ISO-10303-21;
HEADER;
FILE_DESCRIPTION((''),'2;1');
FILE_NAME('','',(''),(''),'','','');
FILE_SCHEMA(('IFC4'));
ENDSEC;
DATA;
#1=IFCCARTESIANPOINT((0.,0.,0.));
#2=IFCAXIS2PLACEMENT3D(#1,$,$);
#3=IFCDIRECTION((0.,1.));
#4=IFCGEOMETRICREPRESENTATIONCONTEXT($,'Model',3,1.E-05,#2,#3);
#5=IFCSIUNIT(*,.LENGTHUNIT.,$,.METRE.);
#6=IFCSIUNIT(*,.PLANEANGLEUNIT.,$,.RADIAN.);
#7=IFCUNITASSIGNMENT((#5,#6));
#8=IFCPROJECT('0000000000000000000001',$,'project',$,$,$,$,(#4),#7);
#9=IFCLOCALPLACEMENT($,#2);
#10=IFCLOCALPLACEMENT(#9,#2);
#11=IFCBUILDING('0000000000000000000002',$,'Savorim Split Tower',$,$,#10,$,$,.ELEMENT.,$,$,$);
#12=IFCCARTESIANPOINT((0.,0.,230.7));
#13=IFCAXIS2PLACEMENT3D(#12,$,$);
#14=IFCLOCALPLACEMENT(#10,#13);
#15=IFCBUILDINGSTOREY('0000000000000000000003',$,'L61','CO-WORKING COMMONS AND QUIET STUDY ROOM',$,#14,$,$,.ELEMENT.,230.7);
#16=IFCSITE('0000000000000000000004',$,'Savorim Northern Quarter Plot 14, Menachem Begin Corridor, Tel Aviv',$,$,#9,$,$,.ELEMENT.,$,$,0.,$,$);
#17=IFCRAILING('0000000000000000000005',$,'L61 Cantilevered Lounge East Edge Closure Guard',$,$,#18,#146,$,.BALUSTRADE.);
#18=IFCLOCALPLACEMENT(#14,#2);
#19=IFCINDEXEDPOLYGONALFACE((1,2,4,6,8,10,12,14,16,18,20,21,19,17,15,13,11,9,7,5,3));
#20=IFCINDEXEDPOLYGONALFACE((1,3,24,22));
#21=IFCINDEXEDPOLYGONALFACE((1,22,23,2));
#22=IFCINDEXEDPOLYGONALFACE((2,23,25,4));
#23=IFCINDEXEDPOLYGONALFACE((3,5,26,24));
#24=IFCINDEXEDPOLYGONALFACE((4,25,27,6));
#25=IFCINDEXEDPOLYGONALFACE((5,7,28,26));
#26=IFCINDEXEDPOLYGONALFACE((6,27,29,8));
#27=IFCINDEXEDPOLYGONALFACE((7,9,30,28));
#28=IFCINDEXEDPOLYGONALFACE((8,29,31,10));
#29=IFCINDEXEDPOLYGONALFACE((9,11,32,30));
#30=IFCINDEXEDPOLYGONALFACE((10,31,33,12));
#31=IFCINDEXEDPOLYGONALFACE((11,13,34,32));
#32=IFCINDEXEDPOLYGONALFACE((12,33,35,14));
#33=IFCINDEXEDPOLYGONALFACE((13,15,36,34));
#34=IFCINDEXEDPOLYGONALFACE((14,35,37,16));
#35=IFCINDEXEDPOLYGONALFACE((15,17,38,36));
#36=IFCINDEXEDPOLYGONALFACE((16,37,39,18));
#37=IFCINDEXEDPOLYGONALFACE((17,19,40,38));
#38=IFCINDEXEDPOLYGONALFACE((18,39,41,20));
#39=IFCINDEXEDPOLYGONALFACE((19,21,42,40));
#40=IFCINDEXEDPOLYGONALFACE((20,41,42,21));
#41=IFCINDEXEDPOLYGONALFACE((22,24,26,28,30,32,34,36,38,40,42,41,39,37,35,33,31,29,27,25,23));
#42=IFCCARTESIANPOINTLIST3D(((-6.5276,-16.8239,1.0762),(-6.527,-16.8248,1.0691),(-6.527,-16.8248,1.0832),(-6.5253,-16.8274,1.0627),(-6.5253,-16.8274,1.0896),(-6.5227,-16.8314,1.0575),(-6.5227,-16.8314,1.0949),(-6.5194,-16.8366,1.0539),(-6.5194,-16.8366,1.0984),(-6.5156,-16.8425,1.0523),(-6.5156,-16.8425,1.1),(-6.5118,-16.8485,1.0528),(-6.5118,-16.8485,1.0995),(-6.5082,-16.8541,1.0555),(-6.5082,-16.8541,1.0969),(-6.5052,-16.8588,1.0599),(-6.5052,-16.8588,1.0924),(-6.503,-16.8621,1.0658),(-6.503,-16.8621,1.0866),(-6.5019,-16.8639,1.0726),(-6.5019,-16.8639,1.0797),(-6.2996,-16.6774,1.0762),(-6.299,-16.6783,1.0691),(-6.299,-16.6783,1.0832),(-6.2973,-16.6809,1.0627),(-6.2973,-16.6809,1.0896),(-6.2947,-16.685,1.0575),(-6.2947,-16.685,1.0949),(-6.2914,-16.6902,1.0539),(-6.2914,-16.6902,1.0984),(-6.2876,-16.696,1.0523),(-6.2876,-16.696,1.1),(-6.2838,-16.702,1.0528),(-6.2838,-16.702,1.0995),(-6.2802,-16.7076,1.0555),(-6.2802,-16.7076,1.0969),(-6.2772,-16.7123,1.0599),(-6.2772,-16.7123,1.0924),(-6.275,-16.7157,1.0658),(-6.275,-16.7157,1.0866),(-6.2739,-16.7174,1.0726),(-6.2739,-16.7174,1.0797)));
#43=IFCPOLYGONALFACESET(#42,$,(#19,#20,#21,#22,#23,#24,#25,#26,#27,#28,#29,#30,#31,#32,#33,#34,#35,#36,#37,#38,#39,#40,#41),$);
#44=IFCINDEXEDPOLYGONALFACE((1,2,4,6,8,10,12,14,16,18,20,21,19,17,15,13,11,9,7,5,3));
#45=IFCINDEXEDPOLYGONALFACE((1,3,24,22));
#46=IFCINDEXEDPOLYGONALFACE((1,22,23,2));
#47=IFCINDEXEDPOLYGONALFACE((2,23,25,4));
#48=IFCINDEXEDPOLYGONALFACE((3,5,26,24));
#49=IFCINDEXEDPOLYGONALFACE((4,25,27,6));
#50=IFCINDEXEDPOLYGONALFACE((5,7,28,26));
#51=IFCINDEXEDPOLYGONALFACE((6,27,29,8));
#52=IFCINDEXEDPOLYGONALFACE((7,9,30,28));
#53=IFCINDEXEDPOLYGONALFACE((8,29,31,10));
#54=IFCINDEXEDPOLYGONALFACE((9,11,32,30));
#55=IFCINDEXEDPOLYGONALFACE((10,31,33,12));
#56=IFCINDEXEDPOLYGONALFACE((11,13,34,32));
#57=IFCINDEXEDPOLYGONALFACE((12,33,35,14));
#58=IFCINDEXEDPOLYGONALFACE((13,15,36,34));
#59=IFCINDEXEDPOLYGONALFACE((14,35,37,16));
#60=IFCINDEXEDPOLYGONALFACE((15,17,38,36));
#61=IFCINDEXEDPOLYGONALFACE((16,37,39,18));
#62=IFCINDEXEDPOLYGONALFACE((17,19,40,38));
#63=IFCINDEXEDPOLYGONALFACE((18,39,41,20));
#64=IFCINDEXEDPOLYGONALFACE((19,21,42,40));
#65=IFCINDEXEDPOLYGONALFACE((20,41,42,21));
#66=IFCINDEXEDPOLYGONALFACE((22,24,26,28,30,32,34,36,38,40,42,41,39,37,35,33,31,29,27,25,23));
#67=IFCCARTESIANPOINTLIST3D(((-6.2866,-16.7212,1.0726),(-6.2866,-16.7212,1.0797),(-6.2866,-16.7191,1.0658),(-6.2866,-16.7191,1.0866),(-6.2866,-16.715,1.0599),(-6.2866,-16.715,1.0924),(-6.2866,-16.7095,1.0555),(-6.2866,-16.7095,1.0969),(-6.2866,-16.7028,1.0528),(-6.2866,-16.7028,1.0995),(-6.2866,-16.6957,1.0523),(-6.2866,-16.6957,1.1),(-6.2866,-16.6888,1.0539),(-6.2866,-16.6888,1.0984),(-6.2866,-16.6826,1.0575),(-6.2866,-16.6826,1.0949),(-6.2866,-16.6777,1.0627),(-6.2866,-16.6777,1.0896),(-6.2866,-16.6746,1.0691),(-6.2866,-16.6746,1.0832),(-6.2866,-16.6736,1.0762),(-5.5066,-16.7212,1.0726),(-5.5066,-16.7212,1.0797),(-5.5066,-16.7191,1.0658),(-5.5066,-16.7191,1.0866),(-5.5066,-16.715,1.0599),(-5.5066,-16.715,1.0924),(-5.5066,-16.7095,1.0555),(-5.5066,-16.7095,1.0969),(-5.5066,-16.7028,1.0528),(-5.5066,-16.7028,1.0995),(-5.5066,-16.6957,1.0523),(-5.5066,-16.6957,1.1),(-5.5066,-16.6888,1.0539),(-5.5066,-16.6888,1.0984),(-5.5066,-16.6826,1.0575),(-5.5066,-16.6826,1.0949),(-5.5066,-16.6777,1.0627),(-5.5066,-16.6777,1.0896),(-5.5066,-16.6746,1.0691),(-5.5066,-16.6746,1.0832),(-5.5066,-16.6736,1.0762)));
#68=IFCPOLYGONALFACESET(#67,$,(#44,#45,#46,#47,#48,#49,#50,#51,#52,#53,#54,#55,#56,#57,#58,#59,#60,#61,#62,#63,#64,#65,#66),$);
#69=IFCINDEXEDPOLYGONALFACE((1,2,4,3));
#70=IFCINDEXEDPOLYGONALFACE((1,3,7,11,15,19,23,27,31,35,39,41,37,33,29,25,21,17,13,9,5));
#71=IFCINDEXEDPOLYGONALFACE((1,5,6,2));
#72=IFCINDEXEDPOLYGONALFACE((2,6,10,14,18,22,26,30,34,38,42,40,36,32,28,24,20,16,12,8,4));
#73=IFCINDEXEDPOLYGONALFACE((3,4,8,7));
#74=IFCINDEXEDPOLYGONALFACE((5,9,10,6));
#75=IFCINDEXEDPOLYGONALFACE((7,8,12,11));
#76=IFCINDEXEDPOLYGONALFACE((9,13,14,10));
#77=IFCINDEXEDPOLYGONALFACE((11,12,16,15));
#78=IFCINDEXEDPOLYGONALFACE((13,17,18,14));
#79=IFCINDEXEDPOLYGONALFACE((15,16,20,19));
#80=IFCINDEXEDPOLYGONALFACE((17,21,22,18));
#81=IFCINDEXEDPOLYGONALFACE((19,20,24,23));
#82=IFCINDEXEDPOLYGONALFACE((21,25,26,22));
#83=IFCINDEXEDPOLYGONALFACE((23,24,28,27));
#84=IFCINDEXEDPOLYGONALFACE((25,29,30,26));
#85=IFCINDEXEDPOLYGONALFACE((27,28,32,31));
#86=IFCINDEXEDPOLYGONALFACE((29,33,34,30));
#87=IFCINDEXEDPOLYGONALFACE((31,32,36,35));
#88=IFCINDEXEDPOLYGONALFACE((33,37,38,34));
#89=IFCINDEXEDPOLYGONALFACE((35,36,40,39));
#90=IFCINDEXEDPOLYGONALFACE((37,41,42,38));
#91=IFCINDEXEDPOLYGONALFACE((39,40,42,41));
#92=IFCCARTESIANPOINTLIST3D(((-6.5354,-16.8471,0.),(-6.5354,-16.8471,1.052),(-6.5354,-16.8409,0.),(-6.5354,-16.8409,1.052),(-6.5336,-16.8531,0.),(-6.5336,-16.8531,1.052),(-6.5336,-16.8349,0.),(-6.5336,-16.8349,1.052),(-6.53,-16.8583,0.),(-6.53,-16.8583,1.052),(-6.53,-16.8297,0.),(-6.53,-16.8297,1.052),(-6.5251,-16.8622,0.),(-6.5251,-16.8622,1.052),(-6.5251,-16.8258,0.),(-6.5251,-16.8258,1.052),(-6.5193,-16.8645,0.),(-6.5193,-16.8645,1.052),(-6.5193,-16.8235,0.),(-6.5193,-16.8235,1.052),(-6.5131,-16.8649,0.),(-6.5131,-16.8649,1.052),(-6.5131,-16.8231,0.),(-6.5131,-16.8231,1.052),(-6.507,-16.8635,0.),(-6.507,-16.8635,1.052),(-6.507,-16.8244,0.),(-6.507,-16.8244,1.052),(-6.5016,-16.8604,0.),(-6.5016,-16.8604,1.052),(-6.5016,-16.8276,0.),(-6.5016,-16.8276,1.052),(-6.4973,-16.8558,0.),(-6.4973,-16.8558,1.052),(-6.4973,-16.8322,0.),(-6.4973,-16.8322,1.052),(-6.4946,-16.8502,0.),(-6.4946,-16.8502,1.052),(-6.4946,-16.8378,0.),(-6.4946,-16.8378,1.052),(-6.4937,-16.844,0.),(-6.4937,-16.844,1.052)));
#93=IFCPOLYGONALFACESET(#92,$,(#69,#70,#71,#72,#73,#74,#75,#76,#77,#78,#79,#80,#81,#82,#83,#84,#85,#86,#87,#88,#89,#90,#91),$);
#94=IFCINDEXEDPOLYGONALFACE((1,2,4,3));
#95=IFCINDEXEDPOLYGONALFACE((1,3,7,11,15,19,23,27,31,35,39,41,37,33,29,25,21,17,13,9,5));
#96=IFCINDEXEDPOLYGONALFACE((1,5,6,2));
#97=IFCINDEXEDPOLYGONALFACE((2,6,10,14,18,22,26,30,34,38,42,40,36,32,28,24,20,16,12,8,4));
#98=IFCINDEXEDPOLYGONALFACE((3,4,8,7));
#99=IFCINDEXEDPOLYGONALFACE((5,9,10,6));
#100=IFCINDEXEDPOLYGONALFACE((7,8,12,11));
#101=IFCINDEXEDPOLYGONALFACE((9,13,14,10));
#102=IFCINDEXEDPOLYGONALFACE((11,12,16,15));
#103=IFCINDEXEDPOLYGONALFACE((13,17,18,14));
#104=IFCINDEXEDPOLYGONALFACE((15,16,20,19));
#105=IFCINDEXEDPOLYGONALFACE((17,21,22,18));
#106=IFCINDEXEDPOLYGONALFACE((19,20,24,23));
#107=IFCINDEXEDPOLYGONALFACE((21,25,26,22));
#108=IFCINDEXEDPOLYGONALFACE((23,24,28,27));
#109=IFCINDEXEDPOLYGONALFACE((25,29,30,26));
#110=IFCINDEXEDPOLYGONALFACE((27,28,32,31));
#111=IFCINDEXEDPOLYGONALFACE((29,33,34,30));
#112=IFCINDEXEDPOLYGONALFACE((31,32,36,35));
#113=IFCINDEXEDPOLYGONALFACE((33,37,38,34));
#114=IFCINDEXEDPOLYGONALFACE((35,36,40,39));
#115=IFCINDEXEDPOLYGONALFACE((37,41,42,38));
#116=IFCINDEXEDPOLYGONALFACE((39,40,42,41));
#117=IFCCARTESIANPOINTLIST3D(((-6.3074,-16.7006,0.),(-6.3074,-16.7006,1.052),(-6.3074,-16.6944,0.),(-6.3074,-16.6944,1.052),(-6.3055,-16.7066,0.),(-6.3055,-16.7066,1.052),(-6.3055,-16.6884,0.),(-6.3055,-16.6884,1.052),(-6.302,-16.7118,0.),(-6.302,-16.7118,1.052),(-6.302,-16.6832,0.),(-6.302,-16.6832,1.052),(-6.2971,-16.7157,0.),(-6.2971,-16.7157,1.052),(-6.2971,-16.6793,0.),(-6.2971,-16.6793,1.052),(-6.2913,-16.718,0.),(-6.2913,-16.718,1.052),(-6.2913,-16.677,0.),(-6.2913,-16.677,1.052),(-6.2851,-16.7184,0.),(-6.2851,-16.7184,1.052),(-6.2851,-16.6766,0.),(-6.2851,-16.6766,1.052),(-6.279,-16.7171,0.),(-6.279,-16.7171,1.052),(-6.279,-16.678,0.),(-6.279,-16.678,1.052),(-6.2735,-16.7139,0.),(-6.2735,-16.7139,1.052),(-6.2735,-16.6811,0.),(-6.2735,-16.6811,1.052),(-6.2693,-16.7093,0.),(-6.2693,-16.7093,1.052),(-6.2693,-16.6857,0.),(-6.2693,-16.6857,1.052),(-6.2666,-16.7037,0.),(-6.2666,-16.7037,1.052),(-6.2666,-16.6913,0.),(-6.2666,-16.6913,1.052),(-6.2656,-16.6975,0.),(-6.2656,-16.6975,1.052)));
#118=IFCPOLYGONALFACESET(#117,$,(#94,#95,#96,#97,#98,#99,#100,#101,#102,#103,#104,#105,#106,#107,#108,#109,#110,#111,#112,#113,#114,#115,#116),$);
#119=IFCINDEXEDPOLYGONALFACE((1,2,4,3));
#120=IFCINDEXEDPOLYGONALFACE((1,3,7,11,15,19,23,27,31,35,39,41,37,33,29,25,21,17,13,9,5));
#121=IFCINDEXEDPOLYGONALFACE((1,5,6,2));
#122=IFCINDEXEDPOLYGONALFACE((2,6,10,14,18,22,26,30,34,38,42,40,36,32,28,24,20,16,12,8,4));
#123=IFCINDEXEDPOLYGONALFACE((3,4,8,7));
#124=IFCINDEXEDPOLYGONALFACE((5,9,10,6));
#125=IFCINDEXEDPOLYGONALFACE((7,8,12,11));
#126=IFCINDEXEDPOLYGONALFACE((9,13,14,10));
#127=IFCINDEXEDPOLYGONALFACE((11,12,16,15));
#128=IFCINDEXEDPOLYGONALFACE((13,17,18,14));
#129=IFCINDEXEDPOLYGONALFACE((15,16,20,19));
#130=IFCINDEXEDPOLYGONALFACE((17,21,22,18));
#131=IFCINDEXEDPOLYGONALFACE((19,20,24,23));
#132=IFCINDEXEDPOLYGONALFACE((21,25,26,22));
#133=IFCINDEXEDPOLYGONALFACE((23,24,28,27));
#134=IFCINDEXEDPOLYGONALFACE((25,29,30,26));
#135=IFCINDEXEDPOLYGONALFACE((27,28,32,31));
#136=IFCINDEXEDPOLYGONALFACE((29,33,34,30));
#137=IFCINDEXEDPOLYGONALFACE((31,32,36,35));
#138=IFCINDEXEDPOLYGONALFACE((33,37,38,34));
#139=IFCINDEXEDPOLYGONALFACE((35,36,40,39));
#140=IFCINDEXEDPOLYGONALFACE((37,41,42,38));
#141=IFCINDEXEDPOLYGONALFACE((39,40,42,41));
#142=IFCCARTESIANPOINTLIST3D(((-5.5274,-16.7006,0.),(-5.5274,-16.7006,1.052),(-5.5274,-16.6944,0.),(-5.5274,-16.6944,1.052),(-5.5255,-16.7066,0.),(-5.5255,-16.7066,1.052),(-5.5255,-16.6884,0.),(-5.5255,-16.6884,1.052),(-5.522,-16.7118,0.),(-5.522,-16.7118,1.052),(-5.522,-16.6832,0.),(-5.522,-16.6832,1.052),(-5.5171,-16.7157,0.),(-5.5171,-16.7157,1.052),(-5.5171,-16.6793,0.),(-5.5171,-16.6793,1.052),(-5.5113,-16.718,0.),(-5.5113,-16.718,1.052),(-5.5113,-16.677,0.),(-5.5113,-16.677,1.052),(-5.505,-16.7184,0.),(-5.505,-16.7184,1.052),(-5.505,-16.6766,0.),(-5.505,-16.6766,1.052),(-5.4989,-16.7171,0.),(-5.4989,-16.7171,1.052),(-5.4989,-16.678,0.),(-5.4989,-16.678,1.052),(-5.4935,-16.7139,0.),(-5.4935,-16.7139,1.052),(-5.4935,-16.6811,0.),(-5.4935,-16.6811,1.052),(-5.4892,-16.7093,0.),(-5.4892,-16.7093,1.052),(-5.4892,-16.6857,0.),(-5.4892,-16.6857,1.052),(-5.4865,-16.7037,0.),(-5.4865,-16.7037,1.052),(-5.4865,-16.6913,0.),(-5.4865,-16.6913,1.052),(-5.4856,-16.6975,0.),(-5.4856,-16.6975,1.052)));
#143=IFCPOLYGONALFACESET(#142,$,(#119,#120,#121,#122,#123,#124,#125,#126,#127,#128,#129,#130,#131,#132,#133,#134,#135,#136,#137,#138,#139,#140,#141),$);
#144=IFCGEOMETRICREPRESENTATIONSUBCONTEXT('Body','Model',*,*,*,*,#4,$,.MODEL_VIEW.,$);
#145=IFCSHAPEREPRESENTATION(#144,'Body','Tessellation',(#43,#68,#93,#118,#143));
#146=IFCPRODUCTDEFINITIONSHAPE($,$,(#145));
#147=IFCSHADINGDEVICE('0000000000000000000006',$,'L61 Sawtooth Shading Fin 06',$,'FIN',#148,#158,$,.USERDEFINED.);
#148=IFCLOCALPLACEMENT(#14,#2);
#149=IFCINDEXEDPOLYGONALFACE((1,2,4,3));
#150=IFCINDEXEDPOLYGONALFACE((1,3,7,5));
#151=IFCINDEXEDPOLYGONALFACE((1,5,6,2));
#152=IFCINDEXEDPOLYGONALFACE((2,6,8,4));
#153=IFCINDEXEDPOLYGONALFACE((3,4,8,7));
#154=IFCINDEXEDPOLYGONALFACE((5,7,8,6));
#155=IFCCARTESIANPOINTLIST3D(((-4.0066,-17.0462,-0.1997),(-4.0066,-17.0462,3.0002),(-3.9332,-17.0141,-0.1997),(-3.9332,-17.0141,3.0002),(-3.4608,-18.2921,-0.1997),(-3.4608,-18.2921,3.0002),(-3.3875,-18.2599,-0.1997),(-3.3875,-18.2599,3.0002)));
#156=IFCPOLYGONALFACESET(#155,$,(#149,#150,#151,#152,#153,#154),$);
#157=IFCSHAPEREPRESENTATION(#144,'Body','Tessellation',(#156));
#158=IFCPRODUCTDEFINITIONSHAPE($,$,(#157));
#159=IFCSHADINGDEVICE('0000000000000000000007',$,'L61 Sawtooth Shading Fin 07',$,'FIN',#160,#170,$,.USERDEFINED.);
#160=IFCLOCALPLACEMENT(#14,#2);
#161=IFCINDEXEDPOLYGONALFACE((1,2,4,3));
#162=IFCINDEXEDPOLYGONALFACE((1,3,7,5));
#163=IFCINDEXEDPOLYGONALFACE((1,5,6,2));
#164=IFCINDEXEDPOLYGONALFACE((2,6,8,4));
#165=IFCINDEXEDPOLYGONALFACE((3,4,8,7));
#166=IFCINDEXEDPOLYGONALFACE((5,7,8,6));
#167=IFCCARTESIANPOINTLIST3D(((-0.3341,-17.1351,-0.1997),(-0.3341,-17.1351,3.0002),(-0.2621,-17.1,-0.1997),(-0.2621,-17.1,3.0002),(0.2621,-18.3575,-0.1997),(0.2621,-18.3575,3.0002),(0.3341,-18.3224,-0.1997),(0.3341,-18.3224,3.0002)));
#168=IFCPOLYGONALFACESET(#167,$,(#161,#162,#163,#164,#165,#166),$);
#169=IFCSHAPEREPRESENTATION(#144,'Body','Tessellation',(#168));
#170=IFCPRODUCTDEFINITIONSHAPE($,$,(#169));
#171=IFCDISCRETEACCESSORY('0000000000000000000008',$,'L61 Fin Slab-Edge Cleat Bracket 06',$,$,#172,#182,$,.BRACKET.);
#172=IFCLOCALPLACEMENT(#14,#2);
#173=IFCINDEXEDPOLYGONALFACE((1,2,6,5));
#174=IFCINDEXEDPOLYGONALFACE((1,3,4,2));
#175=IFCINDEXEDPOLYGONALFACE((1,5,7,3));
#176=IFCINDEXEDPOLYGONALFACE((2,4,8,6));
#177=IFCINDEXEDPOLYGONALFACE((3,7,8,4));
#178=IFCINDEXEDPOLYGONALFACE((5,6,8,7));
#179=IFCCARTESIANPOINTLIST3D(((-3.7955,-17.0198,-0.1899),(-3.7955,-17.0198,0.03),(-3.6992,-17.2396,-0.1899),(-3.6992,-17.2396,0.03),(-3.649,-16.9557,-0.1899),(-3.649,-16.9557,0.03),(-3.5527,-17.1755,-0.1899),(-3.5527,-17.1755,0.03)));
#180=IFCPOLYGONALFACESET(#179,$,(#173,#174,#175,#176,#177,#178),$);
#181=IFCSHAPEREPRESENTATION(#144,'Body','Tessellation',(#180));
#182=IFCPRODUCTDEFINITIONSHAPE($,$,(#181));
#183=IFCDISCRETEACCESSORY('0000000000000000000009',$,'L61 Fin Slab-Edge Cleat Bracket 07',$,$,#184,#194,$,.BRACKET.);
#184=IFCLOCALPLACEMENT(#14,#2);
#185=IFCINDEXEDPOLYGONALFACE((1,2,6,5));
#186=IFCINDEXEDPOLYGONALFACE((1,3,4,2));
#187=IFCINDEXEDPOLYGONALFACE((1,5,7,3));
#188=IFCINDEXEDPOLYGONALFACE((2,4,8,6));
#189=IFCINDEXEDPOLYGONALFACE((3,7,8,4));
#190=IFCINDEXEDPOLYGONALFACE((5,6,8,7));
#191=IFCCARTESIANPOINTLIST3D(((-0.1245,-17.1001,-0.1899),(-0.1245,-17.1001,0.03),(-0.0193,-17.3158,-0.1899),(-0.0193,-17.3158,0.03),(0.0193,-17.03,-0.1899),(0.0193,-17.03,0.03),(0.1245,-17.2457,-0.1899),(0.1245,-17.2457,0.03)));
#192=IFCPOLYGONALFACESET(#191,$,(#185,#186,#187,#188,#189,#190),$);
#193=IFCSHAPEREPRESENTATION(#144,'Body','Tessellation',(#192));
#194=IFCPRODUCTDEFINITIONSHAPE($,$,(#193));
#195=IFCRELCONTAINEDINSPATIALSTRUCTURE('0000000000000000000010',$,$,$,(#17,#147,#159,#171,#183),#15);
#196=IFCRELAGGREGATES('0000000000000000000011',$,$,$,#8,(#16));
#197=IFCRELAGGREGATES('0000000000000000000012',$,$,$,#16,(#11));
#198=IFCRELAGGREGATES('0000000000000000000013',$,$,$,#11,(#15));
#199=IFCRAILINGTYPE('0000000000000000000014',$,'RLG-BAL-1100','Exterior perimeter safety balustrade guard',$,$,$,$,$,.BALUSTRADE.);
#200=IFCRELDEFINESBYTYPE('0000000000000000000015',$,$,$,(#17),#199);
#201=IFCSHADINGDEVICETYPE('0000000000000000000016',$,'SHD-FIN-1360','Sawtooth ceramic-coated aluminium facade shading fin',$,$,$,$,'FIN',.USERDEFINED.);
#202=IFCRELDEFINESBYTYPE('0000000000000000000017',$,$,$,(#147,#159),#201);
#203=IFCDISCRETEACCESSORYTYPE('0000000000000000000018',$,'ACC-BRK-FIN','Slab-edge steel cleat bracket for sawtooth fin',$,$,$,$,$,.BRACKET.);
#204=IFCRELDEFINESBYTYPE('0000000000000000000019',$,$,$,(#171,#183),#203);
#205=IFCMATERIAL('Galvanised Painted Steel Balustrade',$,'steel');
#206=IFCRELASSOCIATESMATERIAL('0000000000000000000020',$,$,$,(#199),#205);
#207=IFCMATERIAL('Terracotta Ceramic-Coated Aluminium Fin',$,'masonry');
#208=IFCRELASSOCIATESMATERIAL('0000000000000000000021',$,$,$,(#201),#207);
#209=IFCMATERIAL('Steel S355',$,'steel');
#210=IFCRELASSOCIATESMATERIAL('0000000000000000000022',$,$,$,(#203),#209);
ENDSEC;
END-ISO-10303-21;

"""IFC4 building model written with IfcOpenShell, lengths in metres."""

from ifc_helpers import new_model, si_unit, direction, frame, origin, origin_2d, place, context, subcontext, project, spatial, rectangle, circle, extrude, material, type_object, element, save


model = new_model("IFC4")

# Units and contexts
model_context = context("Model", 3, precision=1e-05, world=origin(), true_north=direction((0.0, 1.0)))
body_context = subcontext(model_context, "Body", "Model", "MODEL_VIEW")
ifc_project = project(units=[si_unit("LENGTHUNIT", "METRE"), si_unit("PLANEANGLEUNIT", "RADIAN")], contexts=[model_context])

# Site, building, storey
site_placement = place(None, origin())
site = spatial("IfcSite", under=ifc_project, at=site_placement, Name="Savorim Northern Quarter Plot 14, Menachem Begin Corridor, Tel Aviv", CompositionType="ELEMENT", RefElevation=0.0)
building_placement = place(site_placement, origin())
building = spatial("IfcBuilding", under=site, at=building_placement, Name="Savorim Split Tower", CompositionType="ELEMENT")
storey_placement = place(building_placement, frame((0.0, 0.0, 230.7)))
storey = spatial("IfcBuildingStorey", under=building, at=storey_placement, Name="L61", Description="CO-WORKING COMMONS AND QUIET STUDY ROOM", CompositionType="ELEMENT", Elevation=230.7)

# Shared definitions
ifc_material_1 = material(Name="Steel S355", Category="steel")

# Railing
ifc_material_2 = material(Name="Galvanised Painted Steel Balustrade", Category="steel")
railing_type = type_object("IfcRailingType", Name="RLG-BAL-1100", Description="Exterior perimeter safety balustrade guard", PredefinedType="BALUSTRADE", material=ifc_material_2)
railing_placement = place(storey_placement, frame((-6.5146, -16.844, 0.0)))
element("IfcRailing", 1, at=railing_placement, inside=storey, type_object=railing_type, Name="L61 Cantilevered Lounge East Edge Closure Guard", PredefinedType="BALUSTRADE", context=body_context, shape_type="SweptSolid", body=[
    extrude(circle(Radius=0.0239, at=origin_2d()), frame((0.0, 0.0, 1.0762), z_axis=(0.841354, 0.540484, 0.0), x_axis=(-0.540484, 0.841354, 0.0)), (0.0, 0.0, 1.0), 0.271),
    extrude(circle(Radius=0.0239, at=origin_2d()), frame((0.228, 0.1465, 1.0762), z_axis=(1.0, 0.0, 0.0), x_axis=(0.0, 1.0, 0.0)), (0.0, 0.0, 1.0), 0.78),
    extrude(circle(Radius=0.021, at=origin_2d()), origin(), (0.0, 0.0, 1.0), 1.052),
    extrude(circle(Radius=0.021, at=origin_2d()), frame((0.228, 0.1465, 0.0)), (0.0, 0.0, 1.0), 1.052),
    extrude(circle(Radius=0.021, at=origin_2d()), frame((1.0081, 0.1465, 0.0)), (0.0, 0.0, 1.0), 1.052),
])

# Shading devices
ifc_material_3 = material(Name="Terracotta Ceramic-Coated Aluminium Fin", Category="masonry")
shading_device_type = type_object("IfcShadingDeviceType", Name="SHD-FIN-1360", Description="Sawtooth ceramic-coated aluminium facade shading fin", ElementType="FIN", PredefinedType="USERDEFINED", material=ifc_material_3)
for number, where, z_axis, x_axis, name in (
    (2, (-3.697, -17.6531, -0.1997), (0.0, 0.0, 1.0), (0.40123, -0.915977, 0.0), "L61 Sawtooth Shading Fin 06"),
    (3, (0.0, -17.7288, -0.1997), (0.0, 0.0, 1.0), (0.438371, -0.898794, 0.0), "L61 Sawtooth Shading Fin 07"),
):
    element("IfcShadingDevice", number, at=place(storey_placement, frame(where, z_axis=z_axis, x_axis=x_axis)), inside=storey, type_object=shading_device_type, Name=name, ObjectType="FIN", PredefinedType="USERDEFINED", context=body_context, shape_type="SweptSolid", body=[
        extrude(rectangle(XDim=1.3601, YDim=0.0801, at=origin_2d()), origin(), (0.0, 0.0, 1.0), 3.2),
    ])

# Discrete accessories
discrete_accessory_type = type_object("IfcDiscreteAccessoryType", Name="ACC-BRK-FIN", Description="Slab-edge steel cleat bracket for sawtooth fin", PredefinedType="BRACKET", material=ifc_material_1)
for number, where, z_axis, x_axis, name in (
    (4, (-3.6741, -17.0977, -0.1899), (0.0, 0.0, 1.0), (0.40123, -0.915977, 0.0), "L61 Fin Slab-Edge Cleat Bracket 06"),
    (5, (0.0, -17.1729, -0.1899), (0.0, 0.0, 1.0), (0.438371, -0.898794, 0.0), "L61 Fin Slab-Edge Cleat Bracket 07"),
):
    element("IfcDiscreteAccessory", number, at=place(storey_placement, frame(where, z_axis=z_axis, x_axis=x_axis)), inside=storey, type_object=discrete_accessory_type, Name=name, PredefinedType="BRACKET", context=body_context, shape_type="SweptSolid", body=[
        extrude(rectangle(XDim=0.24, YDim=0.1599, at=origin_2d()), origin(), (0.0, 0.0, 1.0), 0.22),
    ])

save(model, "model.ifc")
